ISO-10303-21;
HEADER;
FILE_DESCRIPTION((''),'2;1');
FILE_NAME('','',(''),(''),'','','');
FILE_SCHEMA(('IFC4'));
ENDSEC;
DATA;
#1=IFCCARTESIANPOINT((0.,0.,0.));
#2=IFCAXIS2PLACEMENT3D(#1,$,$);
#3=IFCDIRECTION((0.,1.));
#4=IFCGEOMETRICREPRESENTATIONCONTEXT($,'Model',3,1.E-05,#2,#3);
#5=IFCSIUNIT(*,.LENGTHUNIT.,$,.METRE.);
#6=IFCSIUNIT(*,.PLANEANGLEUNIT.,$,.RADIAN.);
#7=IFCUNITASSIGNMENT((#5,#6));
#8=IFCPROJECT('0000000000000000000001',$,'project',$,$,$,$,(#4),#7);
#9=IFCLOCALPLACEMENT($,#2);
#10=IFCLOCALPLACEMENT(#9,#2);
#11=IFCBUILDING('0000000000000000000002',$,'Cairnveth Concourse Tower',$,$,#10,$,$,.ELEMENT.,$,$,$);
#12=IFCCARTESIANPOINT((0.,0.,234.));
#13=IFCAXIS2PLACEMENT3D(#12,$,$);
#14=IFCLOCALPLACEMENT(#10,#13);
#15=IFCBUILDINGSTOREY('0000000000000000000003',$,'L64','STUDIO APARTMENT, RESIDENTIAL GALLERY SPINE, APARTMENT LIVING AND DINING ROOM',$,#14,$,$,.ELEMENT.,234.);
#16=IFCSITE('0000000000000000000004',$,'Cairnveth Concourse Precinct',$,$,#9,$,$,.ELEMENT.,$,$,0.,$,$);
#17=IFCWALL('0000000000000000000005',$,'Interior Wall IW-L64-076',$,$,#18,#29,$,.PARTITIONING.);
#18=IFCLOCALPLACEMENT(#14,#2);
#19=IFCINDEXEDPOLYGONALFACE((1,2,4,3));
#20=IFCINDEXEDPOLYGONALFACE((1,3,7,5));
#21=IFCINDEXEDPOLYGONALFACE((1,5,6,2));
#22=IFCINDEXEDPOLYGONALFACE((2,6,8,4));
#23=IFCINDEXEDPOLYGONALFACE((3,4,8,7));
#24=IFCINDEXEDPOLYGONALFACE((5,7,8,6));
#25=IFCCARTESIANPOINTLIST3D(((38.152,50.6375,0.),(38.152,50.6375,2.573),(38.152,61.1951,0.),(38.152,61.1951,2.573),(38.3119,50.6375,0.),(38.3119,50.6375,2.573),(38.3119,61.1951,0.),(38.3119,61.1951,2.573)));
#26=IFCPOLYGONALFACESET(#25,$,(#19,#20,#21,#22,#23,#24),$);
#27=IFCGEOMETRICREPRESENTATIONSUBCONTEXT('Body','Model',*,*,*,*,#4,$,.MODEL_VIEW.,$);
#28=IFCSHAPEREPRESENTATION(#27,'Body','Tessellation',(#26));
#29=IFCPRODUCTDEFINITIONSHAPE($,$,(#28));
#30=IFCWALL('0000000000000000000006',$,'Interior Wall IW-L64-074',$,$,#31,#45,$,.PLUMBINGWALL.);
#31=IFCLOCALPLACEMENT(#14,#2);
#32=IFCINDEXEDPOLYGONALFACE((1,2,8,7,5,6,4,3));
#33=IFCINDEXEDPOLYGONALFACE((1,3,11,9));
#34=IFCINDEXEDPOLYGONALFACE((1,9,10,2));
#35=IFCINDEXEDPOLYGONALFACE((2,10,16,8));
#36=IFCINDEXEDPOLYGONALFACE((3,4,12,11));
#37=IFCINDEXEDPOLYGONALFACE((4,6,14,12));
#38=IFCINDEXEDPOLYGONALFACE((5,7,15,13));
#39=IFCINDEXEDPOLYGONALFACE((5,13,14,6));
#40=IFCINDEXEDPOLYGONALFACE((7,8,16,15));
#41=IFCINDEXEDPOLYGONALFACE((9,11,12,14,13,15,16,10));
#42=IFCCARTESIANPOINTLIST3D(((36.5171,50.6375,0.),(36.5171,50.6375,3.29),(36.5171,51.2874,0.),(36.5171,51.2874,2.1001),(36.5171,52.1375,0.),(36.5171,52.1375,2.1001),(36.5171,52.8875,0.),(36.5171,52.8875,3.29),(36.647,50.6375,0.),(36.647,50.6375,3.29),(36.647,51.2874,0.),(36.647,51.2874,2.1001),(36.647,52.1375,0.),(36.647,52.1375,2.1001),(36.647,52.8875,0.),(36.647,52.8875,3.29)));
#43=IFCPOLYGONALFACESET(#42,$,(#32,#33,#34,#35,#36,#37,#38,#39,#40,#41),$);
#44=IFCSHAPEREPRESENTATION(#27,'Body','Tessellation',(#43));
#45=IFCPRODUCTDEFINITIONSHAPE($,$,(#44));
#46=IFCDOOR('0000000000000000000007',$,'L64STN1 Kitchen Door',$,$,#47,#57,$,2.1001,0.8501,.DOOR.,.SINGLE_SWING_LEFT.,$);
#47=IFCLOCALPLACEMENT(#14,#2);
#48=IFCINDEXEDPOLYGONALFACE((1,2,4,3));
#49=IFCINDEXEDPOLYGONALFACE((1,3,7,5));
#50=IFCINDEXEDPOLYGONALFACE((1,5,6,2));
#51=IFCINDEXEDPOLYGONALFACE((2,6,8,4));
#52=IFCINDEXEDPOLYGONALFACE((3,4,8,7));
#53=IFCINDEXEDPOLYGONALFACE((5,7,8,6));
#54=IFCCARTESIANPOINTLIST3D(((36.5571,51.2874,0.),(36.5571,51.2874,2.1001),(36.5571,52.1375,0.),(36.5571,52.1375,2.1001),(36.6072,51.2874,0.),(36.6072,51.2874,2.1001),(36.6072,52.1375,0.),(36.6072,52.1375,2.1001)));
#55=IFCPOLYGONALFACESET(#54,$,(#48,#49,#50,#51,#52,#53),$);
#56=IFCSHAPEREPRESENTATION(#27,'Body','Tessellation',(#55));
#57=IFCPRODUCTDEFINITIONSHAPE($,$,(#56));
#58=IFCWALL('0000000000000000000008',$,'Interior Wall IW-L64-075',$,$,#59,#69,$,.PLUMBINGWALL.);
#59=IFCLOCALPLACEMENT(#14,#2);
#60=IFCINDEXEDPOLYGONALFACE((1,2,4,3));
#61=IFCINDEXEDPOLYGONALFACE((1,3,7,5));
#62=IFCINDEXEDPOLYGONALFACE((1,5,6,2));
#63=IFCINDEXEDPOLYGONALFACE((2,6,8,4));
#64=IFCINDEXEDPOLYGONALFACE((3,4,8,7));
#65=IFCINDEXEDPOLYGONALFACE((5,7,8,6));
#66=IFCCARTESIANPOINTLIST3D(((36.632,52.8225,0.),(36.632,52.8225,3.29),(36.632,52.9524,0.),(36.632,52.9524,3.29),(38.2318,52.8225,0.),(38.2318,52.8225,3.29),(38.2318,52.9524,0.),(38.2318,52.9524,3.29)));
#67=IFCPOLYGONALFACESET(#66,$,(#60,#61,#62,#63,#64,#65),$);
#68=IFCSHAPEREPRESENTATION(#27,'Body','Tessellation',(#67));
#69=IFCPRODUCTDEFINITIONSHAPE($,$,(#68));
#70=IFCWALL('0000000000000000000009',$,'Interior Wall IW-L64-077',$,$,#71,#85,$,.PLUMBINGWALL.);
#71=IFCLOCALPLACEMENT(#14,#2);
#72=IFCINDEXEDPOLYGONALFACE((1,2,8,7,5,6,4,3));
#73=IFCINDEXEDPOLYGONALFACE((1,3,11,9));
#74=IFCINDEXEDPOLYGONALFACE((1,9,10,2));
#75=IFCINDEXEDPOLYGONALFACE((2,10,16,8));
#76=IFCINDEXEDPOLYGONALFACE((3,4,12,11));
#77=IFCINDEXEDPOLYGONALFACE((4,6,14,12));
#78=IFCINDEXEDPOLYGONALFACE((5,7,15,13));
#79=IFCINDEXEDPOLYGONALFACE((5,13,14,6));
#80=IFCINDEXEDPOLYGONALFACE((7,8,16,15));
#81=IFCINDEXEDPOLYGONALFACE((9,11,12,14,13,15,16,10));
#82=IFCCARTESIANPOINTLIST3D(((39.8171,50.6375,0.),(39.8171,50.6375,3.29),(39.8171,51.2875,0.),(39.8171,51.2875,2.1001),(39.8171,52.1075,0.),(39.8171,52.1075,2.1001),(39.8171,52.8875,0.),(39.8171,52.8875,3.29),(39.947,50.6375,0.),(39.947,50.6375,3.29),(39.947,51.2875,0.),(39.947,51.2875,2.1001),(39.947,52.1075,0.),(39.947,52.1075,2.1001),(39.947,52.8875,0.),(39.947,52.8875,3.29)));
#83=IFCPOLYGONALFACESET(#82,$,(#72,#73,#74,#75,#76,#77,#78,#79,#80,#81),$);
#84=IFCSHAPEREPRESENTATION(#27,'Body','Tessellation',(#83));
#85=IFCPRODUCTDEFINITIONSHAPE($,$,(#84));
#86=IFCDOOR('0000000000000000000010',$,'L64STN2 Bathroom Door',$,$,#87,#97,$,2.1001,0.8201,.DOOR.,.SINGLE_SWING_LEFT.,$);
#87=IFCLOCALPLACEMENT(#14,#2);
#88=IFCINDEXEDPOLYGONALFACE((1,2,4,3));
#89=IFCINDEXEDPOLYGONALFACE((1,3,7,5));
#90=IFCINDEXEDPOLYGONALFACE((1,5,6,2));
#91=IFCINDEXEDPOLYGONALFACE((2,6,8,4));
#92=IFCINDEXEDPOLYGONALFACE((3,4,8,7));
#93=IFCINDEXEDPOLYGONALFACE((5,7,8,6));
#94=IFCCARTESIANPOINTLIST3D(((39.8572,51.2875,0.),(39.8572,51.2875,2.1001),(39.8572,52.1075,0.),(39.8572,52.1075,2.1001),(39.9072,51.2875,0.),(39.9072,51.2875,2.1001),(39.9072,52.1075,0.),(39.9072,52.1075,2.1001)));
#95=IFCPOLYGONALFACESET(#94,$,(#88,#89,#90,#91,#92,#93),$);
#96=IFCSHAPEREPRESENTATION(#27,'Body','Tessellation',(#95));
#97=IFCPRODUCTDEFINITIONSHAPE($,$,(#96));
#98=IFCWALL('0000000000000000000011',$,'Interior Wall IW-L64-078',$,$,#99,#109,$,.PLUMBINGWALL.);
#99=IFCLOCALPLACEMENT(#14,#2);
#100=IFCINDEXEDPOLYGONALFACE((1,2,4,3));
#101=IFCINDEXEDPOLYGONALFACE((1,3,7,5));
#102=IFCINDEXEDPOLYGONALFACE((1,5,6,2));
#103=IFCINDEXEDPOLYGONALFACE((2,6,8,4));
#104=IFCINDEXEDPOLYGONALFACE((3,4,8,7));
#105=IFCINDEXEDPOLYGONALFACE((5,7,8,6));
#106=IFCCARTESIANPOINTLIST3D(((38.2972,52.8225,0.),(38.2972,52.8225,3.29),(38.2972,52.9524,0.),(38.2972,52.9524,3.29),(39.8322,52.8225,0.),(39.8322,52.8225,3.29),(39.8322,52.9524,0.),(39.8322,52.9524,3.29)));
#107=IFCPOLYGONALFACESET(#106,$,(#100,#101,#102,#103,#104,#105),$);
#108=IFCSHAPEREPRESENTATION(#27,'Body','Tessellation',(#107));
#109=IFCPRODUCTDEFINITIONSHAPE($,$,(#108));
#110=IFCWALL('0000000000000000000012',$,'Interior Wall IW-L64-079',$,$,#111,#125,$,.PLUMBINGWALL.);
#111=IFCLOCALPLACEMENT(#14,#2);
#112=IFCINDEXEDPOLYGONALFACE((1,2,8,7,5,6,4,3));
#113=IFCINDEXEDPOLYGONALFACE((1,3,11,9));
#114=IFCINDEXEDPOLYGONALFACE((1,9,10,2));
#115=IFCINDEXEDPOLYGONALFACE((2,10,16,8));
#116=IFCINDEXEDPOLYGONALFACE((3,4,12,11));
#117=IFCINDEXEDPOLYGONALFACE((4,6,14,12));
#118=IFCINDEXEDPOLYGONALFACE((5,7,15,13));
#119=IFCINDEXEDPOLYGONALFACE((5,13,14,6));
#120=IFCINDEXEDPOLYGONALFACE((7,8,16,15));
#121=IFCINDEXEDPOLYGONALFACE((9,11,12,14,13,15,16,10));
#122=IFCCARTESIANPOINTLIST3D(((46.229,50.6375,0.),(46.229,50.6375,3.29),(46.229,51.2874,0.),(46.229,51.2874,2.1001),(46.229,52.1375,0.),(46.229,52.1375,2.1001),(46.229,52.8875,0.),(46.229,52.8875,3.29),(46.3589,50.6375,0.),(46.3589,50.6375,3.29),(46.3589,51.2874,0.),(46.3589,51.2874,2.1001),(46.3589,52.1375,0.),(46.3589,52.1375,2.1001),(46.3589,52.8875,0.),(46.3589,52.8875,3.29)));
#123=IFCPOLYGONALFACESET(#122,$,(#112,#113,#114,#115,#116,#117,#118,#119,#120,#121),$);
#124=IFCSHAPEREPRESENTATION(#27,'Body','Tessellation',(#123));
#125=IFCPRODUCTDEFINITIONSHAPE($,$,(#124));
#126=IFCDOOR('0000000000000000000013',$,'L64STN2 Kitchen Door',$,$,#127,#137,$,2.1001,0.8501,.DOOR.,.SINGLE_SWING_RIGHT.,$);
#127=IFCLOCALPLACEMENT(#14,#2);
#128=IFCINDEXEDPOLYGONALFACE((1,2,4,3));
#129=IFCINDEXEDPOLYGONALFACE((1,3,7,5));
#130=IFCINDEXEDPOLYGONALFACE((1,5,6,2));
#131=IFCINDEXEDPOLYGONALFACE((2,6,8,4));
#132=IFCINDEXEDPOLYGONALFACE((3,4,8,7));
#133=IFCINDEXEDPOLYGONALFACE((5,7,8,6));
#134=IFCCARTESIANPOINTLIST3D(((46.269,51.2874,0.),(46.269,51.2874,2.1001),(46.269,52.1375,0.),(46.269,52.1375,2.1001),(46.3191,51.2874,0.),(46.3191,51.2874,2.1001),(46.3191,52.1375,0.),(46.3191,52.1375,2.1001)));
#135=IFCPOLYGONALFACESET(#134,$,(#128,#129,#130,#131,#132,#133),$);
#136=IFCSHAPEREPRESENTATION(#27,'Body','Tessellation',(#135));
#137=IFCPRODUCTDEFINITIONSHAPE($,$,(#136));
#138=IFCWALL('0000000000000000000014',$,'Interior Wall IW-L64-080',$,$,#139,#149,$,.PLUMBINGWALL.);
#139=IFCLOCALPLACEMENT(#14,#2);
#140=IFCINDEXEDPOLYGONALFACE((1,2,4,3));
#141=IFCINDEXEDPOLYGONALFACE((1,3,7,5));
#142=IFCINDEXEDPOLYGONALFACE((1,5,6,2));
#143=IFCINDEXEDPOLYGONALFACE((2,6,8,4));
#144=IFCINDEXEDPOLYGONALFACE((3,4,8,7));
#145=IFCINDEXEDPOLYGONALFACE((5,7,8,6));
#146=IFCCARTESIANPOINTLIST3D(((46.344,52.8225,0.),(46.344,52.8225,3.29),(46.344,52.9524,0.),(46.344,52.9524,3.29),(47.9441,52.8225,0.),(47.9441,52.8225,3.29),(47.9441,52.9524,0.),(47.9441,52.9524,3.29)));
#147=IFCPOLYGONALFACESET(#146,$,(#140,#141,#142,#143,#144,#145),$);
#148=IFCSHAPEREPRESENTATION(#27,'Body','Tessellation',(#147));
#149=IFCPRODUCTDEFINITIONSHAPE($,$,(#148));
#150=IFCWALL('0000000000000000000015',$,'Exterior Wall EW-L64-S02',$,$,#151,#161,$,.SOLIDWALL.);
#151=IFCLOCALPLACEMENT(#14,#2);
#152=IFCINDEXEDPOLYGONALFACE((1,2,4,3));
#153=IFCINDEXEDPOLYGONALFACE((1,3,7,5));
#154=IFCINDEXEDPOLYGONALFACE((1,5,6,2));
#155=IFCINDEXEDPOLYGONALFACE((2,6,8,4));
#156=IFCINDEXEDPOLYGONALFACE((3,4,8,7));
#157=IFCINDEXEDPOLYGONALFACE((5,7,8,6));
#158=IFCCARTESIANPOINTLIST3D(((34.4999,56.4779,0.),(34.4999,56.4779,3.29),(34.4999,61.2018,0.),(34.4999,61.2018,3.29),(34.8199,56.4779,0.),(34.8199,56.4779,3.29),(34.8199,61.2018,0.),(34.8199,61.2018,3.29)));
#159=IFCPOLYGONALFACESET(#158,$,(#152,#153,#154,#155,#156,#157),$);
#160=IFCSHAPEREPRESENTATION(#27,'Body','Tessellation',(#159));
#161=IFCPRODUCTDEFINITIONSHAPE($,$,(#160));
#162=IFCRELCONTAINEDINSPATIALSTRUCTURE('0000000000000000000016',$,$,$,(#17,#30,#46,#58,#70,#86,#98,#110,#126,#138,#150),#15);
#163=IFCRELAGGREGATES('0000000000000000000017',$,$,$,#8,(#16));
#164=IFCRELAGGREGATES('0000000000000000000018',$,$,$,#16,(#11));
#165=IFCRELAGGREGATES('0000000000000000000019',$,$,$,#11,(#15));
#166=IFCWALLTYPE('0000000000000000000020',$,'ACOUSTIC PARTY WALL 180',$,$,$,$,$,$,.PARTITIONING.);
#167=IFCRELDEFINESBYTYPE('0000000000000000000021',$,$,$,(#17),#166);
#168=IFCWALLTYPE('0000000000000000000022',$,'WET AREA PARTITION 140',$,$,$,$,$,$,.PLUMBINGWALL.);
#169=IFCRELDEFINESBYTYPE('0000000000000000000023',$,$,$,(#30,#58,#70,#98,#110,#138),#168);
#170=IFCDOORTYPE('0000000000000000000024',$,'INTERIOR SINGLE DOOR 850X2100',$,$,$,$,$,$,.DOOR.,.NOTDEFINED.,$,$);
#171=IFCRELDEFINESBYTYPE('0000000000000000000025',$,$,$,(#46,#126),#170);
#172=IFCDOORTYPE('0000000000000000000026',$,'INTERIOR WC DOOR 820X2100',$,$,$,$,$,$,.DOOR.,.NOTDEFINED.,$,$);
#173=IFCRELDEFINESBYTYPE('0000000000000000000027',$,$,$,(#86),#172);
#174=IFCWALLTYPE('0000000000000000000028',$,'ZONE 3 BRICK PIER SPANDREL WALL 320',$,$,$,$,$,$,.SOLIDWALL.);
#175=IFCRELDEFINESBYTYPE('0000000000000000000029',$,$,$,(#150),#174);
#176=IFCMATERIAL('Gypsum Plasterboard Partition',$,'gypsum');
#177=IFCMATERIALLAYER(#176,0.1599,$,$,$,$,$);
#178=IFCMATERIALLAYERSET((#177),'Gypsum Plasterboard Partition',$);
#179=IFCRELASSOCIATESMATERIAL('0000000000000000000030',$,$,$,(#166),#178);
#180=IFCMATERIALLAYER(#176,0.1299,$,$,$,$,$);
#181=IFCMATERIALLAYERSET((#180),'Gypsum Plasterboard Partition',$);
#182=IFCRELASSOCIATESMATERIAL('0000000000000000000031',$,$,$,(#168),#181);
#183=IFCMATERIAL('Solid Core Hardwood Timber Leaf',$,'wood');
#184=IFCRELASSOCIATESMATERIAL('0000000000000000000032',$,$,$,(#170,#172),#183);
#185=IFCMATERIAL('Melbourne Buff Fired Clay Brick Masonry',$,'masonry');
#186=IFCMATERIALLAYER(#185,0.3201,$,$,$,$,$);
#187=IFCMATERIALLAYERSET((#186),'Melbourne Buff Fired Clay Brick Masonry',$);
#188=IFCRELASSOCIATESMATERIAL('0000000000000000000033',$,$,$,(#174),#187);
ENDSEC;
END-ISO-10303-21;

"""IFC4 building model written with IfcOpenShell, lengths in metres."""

from ifc_helpers import new_model, si_unit, direction, frame, frame_2d, origin, place, context, subcontext, project, spatial, rectangle, extrude, material, layer, layer_set, type_object, element, fill, save


model = new_model("IFC4")

# Units and contexts
model_context = context("Model", 3, precision=1e-05, world=origin(), true_north=direction((0.0, 1.0)))
body_context = subcontext(model_context, "Body", "Model", "MODEL_VIEW")
ifc_project = project(units=[si_unit("LENGTHUNIT", "METRE"), si_unit("PLANEANGLEUNIT", "RADIAN")], contexts=[model_context])

# Site, building, storey
site_placement = place(None, origin())
site = spatial("IfcSite", under=ifc_project, at=site_placement, Name="Cairnveth Concourse Precinct", CompositionType="ELEMENT", RefElevation=0.0)
building_placement = place(site_placement, origin())
building = spatial("IfcBuilding", under=site, at=building_placement, Name="Cairnveth Concourse Tower", CompositionType="ELEMENT")
storey_placement = place(building_placement, frame((0.0, 0.0, 234.0)))
storey = spatial("IfcBuildingStorey", under=building, at=storey_placement, Name="L64", Description="STUDIO APARTMENT, RESIDENTIAL GALLERY SPINE, APARTMENT LIVING AND DINING ROOM", CompositionType="ELEMENT", Elevation=234.0)

# Wall
ifc_material_1 = material(Name="Gypsum Plasterboard Partition", Category="gypsum")
ifc_layer_1 = layer(ifc_material_1, 0.1599)
ifc_layer_set_1 = layer_set([ifc_layer_1], Name="Gypsum Plasterboard Partition")
wall_type_1 = type_object("IfcWallType", Name="ACOUSTIC PARTY WALL 180", PredefinedType="PARTITIONING", material=ifc_layer_set_1)
wall_1_placement = place(storey_placement, frame((38.2319, 50.6375, 0.0), z_axis=(0.0, 0.0, 1.0), x_axis=(0.0, 1.0, 0.0)))
element("IfcWall", 1, at=wall_1_placement, inside=storey, type_object=wall_type_1, Name="Interior Wall IW-L64-076", PredefinedType="PARTITIONING", context=body_context, shape_type="SweptSolid", body=[
    extrude(rectangle(XDim=10.5576, YDim=0.1599, at=frame_2d((5.2788, 0.0))), origin(), (0.0, 0.0, 1.0), 2.573),
])

# Wall, opening, door
ifc_layer_2 = layer(ifc_material_1, 0.1299)
ifc_layer_set_2 = layer_set([ifc_layer_2], Name="Gypsum Plasterboard Partition")
wall_type_2 = type_object("IfcWallType", Name="WET AREA PARTITION 140", PredefinedType="PLUMBINGWALL", material=ifc_layer_set_2)
wall_2_placement = place(storey_placement, frame((36.582, 50.6375, 0.0), z_axis=(0.0, 0.0, 1.0), x_axis=(0.0, 1.0, 0.0)))
wall_2 = element("IfcWall", 2, at=wall_2_placement, inside=storey, type_object=wall_type_2, Name="Interior Wall IW-L64-074", PredefinedType="PLUMBINGWALL", context=body_context, shape_type="SweptSolid", body=[
    extrude(rectangle(XDim=2.25, YDim=0.1299, at=frame_2d((1.125, 0.0))), origin(), (0.0, 0.0, 1.0), 3.29),
])
opening_1_placement = place(wall_2_placement, frame((0.6499, 0.0, 0.0)))
opening_1 = element("IfcOpeningElement", 3, at=opening_1_placement, cuts=wall_2, PredefinedType="OPENING", context=body_context, shape_type="SweptSolid", body=[
    extrude(rectangle(XDim=0.8501, YDim=2.1001, at=frame_2d((0.425, 1.05))), frame((0.0, 0.075, 0.0), z_axis=(0.0, -1.0, 0.0), x_axis=(1.0, 0.0, 0.0)), (0.0, 0.0, 1.0), 0.1499),
])
ifc_material_2 = material(Name="Solid Core Hardwood Timber Leaf", Category="wood")
door_type_1 = type_object("IfcDoorType", Name="INTERIOR SINGLE DOOR 850X2100", OperationType="NOTDEFINED", PredefinedType="DOOR", material=ifc_material_2)
door_1_placement = place(opening_1_placement, origin())
door_1 = element("IfcDoor", 4, at=door_1_placement, inside=storey, type_object=door_type_1, Name="L64STN1 Kitchen Door", OperationType="SINGLE_SWING_LEFT", OverallHeight=2.1001, OverallWidth=0.8501, PredefinedType="DOOR", context=body_context, shape_type="SweptSolid", body=[
    extrude(rectangle(XDim=0.8501, YDim=2.1001, at=frame_2d((0.425, 1.05))), frame((0.0, 0.0249, 0.0), z_axis=(0.0, -1.0, 0.0), x_axis=(1.0, 0.0, 0.0)), (0.0, 0.0, 1.0), 0.05),
])
fill(opening_1, door_1)

# Wall
wall_3_placement = place(storey_placement, frame((36.6321, 52.8875, 0.0), z_axis=(0.0, 0.0, 1.0), x_axis=(1.0, 0.0, 0.0)))
element("IfcWall", 5, at=wall_3_placement, inside=storey, type_object=wall_type_2, Name="Interior Wall IW-L64-075", PredefinedType="PLUMBINGWALL", context=body_context, shape_type="SweptSolid", body=[
    extrude(rectangle(XDim=1.5999, YDim=0.1299, at=frame_2d((0.7998, 0.0))), origin(), (0.0, 0.0, 1.0), 3.29),
])

# Wall, opening, door
wall_4_placement = place(storey_placement, frame((39.8821, 50.6375, 0.0), z_axis=(0.0, 0.0, 1.0), x_axis=(0.0, 1.0, 0.0)))
wall_4 = element("IfcWall", 6, at=wall_4_placement, inside=storey, type_object=wall_type_2, Name="Interior Wall IW-L64-077", PredefinedType="PLUMBINGWALL", context=body_context, shape_type="SweptSolid", body=[
    extrude(rectangle(XDim=2.25, YDim=0.1299, at=frame_2d((1.125, 0.0))), origin(), (0.0, 0.0, 1.0), 3.29),
])
opening_2_placement = place(wall_4_placement, frame((0.6499, 0.0, 0.0)))
opening_2 = element("IfcOpeningElement", 7, at=opening_2_placement, cuts=wall_4, PredefinedType="OPENING", context=body_context, shape_type="SweptSolid", body=[
    extrude(rectangle(XDim=0.8201, YDim=2.1001, at=frame_2d((0.4102, 1.05))), frame((0.0, 0.075, 0.0), z_axis=(0.0, -1.0, 0.0), x_axis=(1.0, 0.0, 0.0)), (0.0, 0.0, 1.0), 0.1499),
])
door_type_2 = type_object("IfcDoorType", Name="INTERIOR WC DOOR 820X2100", OperationType="NOTDEFINED", PredefinedType="DOOR", material=ifc_material_2)
door_2_placement = place(opening_2_placement, origin())
door_2 = element("IfcDoor", 8, at=door_2_placement, inside=storey, type_object=door_type_2, Name="L64STN2 Bathroom Door", OperationType="SINGLE_SWING_LEFT", OverallHeight=2.1001, OverallWidth=0.8201, PredefinedType="DOOR", context=body_context, shape_type="SweptSolid", body=[
    extrude(rectangle(XDim=0.8201, YDim=2.1001, at=frame_2d((0.4102, 1.05))), frame((0.0, 0.0249, 0.0), z_axis=(0.0, -1.0, 0.0), x_axis=(1.0, 0.0, 0.0)), (0.0, 0.0, 1.0), 0.05),
])
fill(opening_2, door_2)

# Wall
wall_5_placement = place(storey_placement, frame((38.2971, 52.8875, 0.0), z_axis=(0.0, 0.0, 1.0), x_axis=(1.0, 0.0, 0.0)))
element("IfcWall", 9, at=wall_5_placement, inside=storey, type_object=wall_type_2, Name="Interior Wall IW-L64-078", PredefinedType="PLUMBINGWALL", context=body_context, shape_type="SweptSolid", body=[
    extrude(rectangle(XDim=1.5349, YDim=0.1299, at=frame_2d((0.7676, 0.0))), origin(), (0.0, 0.0, 1.0), 3.29),
])

# Wall, opening, door
wall_6_placement = place(storey_placement, frame((46.2939, 50.6375, 0.0), z_axis=(0.0, 0.0, 1.0), x_axis=(0.0, 1.0, 0.0)))
wall_6 = element("IfcWall", 10, at=wall_6_placement, inside=storey, type_object=wall_type_2, Name="Interior Wall IW-L64-079", PredefinedType="PLUMBINGWALL", context=body_context, shape_type="SweptSolid", body=[
    extrude(rectangle(XDim=2.25, YDim=0.1299, at=frame_2d((1.125, 0.0))), origin(), (0.0, 0.0, 1.0), 3.29),
])
opening_3_placement = place(wall_6_placement, frame((0.6499, 0.0, 0.0)))
opening_3 = element("IfcOpeningElement", 11, at=opening_3_placement, cuts=wall_6, PredefinedType="OPENING", context=body_context, shape_type="SweptSolid", body=[
    extrude(rectangle(XDim=0.8501, YDim=2.1001, at=frame_2d((0.425, 1.05))), frame((0.0, 0.075, 0.0), z_axis=(0.0, -1.0, 0.0), x_axis=(1.0, 0.0, 0.0)), (0.0, 0.0, 1.0), 0.1499),
])
door_3_placement = place(opening_3_placement, origin())
door_3 = element("IfcDoor", 12, at=door_3_placement, inside=storey, type_object=door_type_1, Name="L64STN2 Kitchen Door", OperationType="SINGLE_SWING_RIGHT", OverallHeight=2.1001, OverallWidth=0.8501, PredefinedType="DOOR", context=body_context, shape_type="SweptSolid", body=[
    extrude(rectangle(XDim=0.8501, YDim=2.1001, at=frame_2d((0.425, 1.05))), frame((0.0, 0.0249, 0.0), z_axis=(0.0, -1.0, 0.0), x_axis=(1.0, 0.0, 0.0)), (0.0, 0.0, 1.0), 0.05),
])
fill(opening_3, door_3)

# Walls
wall_7_placement = place(storey_placement, frame((46.344, 52.8875, 0.0), z_axis=(0.0, 0.0, 1.0), x_axis=(1.0, 0.0, 0.0)))
element("IfcWall", 13, at=wall_7_placement, inside=storey, type_object=wall_type_2, Name="Interior Wall IW-L64-080", PredefinedType="PLUMBINGWALL", context=body_context, shape_type="SweptSolid", body=[
    extrude(rectangle(XDim=1.6001, YDim=0.1299, at=frame_2d((0.8, 0.0))), origin(), (0.0, 0.0, 1.0), 3.29),
])
ifc_material_3 = material(Name="Melbourne Buff Fired Clay Brick Masonry", Category="masonry")
ifc_layer_3 = layer(ifc_material_3, 0.3201)
ifc_layer_set_3 = layer_set([ifc_layer_3], Name="Melbourne Buff Fired Clay Brick Masonry")
wall_type_3 = type_object("IfcWallType", Name="ZONE 3 BRICK PIER SPANDREL WALL 320", PredefinedType="SOLIDWALL", material=ifc_layer_set_3)
wall_8_placement = place(storey_placement, frame((34.6599, 56.478, 0.0), z_axis=(0.0, 0.0, 1.0), x_axis=(0.0, 1.0, 0.0)))
element("IfcWall", 14, at=wall_8_placement, inside=storey, type_object=wall_type_3, Name="Exterior Wall EW-L64-S02", PredefinedType="SOLIDWALL", context=body_context, shape_type="SweptSolid", body=[
    extrude(rectangle(XDim=4.7239, YDim=0.3201, at=frame_2d((2.3618, 0.0))), origin(), (0.0, 0.0, 1.0), 3.29),
])

save(model, "model.ifc")
